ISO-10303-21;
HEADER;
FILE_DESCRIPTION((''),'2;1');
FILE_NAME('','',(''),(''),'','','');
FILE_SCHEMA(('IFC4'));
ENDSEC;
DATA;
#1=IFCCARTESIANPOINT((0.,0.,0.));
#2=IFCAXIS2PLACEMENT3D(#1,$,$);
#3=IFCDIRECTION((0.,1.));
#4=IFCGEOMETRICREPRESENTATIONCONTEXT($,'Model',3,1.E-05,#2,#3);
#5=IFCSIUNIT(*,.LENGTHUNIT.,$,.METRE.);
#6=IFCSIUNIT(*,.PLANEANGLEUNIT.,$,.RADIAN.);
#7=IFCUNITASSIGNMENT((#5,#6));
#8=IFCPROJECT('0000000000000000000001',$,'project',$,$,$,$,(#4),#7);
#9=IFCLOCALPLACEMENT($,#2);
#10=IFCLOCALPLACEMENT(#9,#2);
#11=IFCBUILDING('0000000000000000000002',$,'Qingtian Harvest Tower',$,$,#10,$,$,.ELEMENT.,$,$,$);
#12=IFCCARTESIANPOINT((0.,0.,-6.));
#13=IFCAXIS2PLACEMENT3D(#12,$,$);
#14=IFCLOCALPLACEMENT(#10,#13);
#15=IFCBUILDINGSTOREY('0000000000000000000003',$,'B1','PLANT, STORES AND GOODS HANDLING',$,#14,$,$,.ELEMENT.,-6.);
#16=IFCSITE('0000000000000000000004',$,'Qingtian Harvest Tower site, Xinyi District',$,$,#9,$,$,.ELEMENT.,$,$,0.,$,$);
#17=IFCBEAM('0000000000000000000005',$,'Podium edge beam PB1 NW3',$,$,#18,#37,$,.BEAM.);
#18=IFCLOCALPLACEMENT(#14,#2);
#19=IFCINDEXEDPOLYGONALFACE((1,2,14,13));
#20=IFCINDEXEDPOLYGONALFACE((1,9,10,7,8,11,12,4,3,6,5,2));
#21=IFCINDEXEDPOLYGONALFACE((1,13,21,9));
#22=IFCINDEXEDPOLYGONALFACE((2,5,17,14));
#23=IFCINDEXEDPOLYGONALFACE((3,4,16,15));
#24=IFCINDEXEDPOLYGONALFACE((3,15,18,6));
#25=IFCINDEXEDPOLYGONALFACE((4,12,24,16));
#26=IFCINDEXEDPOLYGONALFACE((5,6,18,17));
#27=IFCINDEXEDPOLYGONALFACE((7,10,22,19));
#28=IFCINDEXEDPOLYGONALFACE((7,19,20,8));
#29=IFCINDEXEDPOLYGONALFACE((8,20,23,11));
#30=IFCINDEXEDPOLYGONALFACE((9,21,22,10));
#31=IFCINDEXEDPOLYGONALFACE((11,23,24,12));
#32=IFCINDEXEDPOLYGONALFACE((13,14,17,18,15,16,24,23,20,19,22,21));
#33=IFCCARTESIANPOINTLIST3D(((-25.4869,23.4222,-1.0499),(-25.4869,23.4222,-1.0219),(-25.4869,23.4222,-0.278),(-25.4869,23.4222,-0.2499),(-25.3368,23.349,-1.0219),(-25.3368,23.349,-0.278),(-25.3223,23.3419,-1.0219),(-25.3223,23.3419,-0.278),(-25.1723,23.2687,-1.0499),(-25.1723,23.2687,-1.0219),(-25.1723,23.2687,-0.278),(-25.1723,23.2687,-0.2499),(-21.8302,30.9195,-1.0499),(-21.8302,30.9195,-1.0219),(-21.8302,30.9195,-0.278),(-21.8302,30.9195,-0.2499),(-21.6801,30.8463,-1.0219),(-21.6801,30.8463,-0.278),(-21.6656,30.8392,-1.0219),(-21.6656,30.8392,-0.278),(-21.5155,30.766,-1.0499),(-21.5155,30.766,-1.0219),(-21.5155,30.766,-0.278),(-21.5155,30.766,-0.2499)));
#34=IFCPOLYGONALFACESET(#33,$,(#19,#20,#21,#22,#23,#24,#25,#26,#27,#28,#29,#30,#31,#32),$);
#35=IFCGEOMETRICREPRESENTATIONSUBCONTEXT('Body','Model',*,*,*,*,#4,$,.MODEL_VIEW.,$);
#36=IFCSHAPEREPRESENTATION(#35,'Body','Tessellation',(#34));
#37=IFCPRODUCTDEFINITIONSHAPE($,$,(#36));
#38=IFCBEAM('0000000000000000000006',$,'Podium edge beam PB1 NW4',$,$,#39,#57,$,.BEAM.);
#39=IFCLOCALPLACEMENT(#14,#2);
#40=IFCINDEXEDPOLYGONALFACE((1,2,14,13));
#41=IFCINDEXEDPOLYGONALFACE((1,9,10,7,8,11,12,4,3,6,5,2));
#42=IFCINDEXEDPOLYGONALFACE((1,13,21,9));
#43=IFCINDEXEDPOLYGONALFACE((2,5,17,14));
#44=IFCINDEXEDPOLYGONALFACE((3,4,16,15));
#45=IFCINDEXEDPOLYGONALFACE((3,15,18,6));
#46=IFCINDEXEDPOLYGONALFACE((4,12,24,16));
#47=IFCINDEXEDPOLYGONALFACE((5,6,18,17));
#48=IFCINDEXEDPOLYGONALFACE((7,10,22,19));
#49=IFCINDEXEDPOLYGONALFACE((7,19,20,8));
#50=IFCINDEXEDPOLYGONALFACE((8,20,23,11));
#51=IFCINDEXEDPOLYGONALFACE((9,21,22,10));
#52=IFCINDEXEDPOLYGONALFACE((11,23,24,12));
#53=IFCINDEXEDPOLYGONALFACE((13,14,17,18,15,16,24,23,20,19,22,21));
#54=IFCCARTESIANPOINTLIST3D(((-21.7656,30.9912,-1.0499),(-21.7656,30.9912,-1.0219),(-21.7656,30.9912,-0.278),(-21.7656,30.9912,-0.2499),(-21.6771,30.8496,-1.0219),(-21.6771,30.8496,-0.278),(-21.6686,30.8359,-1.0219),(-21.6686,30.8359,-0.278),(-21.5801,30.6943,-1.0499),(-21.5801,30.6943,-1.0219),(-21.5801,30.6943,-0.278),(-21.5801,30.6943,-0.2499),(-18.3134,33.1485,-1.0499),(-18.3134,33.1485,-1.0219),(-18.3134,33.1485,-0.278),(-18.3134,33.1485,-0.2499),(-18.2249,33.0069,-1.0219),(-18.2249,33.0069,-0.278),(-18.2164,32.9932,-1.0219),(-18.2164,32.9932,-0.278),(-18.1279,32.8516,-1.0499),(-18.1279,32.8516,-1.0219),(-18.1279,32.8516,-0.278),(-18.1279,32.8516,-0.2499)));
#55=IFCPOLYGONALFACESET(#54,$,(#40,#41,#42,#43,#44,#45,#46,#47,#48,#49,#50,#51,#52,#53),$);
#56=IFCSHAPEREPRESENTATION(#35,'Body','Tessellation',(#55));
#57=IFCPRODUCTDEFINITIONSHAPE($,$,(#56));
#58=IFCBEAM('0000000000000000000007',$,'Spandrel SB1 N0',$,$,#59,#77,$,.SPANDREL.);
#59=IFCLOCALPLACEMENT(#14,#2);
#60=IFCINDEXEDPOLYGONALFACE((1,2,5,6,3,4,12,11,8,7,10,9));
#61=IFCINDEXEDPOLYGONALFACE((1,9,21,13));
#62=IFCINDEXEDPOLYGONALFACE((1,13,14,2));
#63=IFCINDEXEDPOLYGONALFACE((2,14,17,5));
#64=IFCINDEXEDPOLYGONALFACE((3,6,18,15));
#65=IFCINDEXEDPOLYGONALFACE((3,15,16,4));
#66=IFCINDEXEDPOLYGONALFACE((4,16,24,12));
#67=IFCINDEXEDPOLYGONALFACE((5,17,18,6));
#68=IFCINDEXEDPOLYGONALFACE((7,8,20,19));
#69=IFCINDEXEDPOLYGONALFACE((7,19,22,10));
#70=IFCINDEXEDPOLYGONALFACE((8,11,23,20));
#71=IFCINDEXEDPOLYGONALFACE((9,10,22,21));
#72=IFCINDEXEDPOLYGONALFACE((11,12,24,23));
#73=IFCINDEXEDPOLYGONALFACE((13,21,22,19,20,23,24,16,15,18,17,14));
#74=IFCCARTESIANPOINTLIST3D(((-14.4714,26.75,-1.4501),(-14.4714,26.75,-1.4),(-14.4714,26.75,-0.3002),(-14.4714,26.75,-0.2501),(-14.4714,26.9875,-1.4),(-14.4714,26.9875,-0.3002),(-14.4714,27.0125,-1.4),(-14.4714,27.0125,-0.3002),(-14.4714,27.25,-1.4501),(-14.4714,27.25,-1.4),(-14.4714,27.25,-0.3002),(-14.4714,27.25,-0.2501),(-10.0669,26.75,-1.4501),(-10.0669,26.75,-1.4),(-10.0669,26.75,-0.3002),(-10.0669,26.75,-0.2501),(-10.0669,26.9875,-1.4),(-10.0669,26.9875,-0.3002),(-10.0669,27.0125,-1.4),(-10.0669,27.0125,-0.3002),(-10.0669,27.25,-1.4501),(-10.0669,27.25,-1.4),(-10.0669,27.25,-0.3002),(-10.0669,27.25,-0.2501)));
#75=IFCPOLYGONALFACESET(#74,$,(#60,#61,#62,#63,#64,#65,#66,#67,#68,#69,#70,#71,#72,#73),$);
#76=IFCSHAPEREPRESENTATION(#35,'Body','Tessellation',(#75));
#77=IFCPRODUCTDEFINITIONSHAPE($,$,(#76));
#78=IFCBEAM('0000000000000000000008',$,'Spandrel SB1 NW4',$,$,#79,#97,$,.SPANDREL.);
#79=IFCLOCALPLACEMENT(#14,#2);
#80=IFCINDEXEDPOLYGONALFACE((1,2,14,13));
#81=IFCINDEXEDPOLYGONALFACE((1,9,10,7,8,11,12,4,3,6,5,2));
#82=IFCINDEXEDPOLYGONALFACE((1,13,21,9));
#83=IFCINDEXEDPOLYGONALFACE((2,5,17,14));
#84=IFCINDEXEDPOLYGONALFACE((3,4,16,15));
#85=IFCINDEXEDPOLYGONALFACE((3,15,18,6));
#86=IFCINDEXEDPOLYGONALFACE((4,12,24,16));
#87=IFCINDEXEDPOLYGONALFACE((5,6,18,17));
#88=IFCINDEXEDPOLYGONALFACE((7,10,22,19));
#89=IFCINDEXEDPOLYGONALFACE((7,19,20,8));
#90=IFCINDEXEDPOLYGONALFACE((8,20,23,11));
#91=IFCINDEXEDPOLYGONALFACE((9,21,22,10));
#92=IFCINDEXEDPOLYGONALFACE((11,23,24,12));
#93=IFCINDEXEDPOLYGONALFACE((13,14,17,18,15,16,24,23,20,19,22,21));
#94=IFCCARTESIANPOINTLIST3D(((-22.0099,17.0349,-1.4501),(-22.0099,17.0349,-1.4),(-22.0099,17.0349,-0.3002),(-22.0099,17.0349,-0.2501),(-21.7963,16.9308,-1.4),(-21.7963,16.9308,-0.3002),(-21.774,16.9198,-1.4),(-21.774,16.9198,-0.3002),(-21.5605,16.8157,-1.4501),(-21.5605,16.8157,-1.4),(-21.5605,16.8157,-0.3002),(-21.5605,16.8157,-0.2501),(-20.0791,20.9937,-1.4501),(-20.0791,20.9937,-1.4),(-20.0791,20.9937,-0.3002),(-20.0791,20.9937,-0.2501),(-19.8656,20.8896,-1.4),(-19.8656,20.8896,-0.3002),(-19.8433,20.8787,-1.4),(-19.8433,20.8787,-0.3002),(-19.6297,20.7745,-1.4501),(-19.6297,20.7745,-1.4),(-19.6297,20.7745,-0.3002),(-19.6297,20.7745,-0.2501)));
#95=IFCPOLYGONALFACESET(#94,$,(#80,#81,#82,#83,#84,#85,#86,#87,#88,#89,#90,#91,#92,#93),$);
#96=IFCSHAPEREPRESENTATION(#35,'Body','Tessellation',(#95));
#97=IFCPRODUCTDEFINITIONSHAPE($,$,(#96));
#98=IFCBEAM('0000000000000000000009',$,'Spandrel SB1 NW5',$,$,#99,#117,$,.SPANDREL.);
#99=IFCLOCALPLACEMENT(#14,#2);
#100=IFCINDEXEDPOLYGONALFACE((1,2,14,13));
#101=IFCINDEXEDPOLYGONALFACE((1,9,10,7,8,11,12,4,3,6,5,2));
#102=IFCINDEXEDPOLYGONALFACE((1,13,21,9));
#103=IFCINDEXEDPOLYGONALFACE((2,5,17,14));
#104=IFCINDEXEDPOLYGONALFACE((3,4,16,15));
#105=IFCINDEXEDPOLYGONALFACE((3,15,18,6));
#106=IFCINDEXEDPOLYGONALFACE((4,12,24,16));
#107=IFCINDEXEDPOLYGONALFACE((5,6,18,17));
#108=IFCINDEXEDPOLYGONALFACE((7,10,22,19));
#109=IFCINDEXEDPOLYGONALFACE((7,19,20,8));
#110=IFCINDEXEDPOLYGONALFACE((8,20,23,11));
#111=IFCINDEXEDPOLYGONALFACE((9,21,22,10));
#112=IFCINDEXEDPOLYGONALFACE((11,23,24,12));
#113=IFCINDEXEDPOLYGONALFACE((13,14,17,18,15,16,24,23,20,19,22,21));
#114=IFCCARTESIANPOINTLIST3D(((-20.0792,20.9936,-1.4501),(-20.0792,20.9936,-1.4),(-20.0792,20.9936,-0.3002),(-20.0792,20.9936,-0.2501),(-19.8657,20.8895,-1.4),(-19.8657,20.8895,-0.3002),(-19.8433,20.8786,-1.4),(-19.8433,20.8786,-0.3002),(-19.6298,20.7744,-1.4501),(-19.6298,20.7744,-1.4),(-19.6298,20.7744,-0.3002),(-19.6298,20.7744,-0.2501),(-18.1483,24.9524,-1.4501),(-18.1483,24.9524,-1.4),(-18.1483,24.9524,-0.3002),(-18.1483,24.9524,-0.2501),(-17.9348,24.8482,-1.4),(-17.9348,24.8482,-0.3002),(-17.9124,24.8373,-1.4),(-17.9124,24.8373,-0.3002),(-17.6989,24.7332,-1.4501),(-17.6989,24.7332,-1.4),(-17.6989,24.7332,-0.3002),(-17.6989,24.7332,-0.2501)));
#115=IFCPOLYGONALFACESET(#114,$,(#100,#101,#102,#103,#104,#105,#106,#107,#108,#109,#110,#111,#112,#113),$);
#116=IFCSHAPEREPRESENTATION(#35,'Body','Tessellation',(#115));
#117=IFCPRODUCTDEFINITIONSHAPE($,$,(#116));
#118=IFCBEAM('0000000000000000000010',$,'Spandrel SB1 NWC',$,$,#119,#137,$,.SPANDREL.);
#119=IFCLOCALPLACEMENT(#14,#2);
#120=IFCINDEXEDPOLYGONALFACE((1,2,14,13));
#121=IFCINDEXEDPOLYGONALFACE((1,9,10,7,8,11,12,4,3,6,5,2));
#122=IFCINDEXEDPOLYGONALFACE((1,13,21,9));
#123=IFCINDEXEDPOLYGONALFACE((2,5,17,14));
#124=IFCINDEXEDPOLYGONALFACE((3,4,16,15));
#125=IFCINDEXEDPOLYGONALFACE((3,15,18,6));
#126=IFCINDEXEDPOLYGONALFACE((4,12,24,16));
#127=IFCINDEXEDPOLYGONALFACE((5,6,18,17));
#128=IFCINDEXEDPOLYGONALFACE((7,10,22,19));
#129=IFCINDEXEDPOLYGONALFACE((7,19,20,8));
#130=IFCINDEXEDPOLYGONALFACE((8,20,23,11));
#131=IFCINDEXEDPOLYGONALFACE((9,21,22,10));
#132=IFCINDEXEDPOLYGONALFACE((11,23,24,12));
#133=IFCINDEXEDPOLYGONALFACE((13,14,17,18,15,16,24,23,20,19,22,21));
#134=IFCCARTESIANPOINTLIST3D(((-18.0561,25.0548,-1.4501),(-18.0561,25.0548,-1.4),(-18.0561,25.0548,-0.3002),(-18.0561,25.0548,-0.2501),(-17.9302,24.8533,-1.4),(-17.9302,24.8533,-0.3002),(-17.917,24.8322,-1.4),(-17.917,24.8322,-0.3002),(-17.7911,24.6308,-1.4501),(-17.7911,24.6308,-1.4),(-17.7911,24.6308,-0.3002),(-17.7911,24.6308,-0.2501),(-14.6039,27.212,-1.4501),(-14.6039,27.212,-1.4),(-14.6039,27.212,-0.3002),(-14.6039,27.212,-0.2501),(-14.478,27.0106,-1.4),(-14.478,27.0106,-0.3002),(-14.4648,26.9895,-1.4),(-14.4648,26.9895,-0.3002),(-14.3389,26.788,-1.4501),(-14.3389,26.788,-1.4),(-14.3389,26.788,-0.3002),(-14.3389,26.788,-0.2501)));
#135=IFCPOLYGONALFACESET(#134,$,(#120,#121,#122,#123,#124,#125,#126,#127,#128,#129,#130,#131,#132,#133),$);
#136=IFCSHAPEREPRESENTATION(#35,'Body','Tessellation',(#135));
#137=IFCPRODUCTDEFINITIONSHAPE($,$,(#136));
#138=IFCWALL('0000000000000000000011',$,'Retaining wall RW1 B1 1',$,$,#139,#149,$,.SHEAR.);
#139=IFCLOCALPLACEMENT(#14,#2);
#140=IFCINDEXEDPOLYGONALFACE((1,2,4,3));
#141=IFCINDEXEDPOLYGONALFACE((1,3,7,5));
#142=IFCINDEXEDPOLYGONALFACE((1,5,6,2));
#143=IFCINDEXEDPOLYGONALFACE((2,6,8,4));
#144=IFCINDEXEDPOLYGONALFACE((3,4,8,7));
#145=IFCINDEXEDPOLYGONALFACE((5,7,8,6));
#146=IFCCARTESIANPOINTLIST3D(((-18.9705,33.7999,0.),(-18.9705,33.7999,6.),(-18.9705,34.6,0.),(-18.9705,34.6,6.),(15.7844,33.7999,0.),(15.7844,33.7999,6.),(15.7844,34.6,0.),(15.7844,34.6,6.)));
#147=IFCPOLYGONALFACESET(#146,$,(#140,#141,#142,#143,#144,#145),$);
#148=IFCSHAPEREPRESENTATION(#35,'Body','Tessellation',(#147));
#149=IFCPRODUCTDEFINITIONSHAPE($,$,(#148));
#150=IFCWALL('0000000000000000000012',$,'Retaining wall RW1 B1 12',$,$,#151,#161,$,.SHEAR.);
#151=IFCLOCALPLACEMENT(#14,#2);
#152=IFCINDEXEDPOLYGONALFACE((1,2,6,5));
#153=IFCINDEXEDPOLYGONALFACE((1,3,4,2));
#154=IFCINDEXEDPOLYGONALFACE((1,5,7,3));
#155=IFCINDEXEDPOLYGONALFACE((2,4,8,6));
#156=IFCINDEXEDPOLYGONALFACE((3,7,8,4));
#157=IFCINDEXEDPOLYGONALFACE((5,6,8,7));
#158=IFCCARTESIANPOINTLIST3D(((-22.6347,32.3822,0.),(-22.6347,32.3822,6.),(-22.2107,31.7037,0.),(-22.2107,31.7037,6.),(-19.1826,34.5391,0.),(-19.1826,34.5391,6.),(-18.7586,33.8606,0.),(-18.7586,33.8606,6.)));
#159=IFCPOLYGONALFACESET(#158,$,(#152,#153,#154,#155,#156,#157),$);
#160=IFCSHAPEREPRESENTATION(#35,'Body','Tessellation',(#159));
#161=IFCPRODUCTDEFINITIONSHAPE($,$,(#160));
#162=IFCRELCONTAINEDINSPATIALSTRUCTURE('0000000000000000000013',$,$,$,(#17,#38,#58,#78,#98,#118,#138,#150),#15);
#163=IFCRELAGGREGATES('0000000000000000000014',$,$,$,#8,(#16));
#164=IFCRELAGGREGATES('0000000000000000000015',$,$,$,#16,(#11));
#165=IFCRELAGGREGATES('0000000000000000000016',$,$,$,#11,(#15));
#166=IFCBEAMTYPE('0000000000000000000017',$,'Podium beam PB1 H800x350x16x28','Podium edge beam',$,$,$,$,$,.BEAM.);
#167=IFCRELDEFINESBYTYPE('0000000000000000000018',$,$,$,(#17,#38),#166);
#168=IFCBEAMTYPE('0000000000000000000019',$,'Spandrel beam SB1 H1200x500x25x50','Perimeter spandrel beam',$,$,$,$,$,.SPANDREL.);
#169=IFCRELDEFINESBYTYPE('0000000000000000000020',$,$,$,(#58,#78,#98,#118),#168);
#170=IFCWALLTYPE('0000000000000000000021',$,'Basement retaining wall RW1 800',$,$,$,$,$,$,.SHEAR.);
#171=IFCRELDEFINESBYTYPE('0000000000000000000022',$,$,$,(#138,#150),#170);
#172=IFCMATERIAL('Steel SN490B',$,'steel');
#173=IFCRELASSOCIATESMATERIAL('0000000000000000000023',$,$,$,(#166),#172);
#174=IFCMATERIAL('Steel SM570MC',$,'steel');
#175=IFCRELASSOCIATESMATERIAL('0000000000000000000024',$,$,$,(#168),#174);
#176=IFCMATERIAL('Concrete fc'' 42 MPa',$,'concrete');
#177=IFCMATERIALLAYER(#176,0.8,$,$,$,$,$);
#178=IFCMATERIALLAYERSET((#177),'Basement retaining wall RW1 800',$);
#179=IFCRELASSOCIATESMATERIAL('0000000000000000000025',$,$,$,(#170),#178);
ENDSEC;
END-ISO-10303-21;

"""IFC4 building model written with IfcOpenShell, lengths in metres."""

from ifc_helpers import new_model, si_unit, direction, frame, frame_2d, origin, origin_2d, place, context, subcontext, project, spatial, rectangle, i_section, extrude, material, layer, layer_set, material_profile, profile_set, type_object, element, save


model = new_model("IFC4")

# Units and contexts
model_context = context("Model", 3, precision=1e-05, world=origin(), true_north=direction((0.0, 1.0)))
body_context = subcontext(model_context, "Body", "Model", "MODEL_VIEW")
ifc_project = project(units=[si_unit("LENGTHUNIT", "METRE"), si_unit("PLANEANGLEUNIT", "RADIAN")], contexts=[model_context])

# Site, building, storey
site_placement = place(None, origin())
site = spatial("IfcSite", under=ifc_project, at=site_placement, Name="Qingtian Harvest Tower site, Xinyi District", CompositionType="ELEMENT", RefElevation=0.0)
building_placement = place(site_placement, origin())
building = spatial("IfcBuilding", under=site, at=building_placement, Name="Qingtian Harvest Tower", CompositionType="ELEMENT")
storey_placement = place(building_placement, frame((0.0, 0.0, -6.0)))
storey = spatial("IfcBuildingStorey", under=building, at=storey_placement, Name="B1", Description="PLANT, STORES AND GOODS HANDLING", CompositionType="ELEMENT", Elevation=-6.0)

# Beams
ifc_material_1 = material(Name="Steel SN490B", Category="steel")
ifc_material_profile_1 = material_profile(ifc_material_1, i_section(OverallWidth=0.3501, OverallDepth=0.8, WebThickness=0.0161, FlangeThickness=0.0281, at=origin_2d()), Name="H800x350x16x28")
ifc_profile_set_1 = profile_set([ifc_material_profile_1], Name="Steel SN490B")
beam_type_1 = type_object("IfcBeamType", Name="Podium beam PB1 H800x350x16x28", Description="Podium edge beam", PredefinedType="BEAM", material=ifc_profile_set_1)
beam_1_placement = place(storey_placement, frame((-25.3296, 23.3455, -0.6499), z_axis=(0.438376, 0.898792, 0.0), x_axis=(-0.898792, 0.438376, 0.0)))
element("IfcBeam", 1, at=beam_1_placement, inside=storey, type_object=beam_type_1, Name="Podium edge beam PB1 NW3", PredefinedType="BEAM", context=body_context, shape_type="SweptSolid", body=[
    extrude(i_section(OverallWidth=0.3501, OverallDepth=0.8, WebThickness=0.0161, FlangeThickness=0.0281, at=origin_2d()), origin(), (0.0, 0.0, 1.0), 8.3416),
])
beam_2_placement = place(storey_placement, frame((-21.6729, 30.8428, -0.6499), z_axis=(0.848039, 0.529934, 0.0), x_axis=(-0.529934, 0.848039, 0.0)))
element("IfcBeam", 2, at=beam_2_placement, inside=storey, type_object=beam_type_1, Name="Podium edge beam PB1 NW4", PredefinedType="BEAM", context=body_context, shape_type="SweptSolid", body=[
    extrude(i_section(OverallWidth=0.3501, OverallDepth=0.8, WebThickness=0.0161, FlangeThickness=0.0281, at=origin_2d()), origin(), (0.0, 0.0, 1.0), 4.0708),
])
ifc_material_2 = material(Name="Steel SM570MC", Category="steel")
ifc_material_profile_2 = material_profile(ifc_material_2, i_section(OverallWidth=0.5, OverallDepth=1.2, WebThickness=0.0249, FlangeThickness=0.05, at=origin_2d()), Name="H1200x500x25x50")
ifc_profile_set_2 = profile_set([ifc_material_profile_2], Name="Steel SM570MC")
beam_type_2 = type_object("IfcBeamType", Name="Spandrel beam SB1 H1200x500x25x50", Description="Perimeter spandrel beam", PredefinedType="SPANDREL", material=ifc_profile_set_2)
for number, where, z_axis, x_axis, name in (
    (3, (-14.4714, 27.0, -0.8501), (1.0, 0.0, 0.0), (0.0, 1.0, 0.0), "Spandrel SB1 N0"),
    (4, (-21.7852, 16.9253, -0.8501), (0.438345, 0.898807, 0.0), (-0.898807, 0.438345, 0.0), "Spandrel SB1 NW4"),
    (5, (-19.8545, 20.884, -0.8501), (0.43839, 0.898785, 0.0), (-0.898785, 0.43839, 0.0), "Spandrel SB1 NW5"),
):
    element("IfcBeam", number, at=place(storey_placement, frame(where, z_axis=z_axis, x_axis=x_axis)), inside=storey, type_object=beam_type_2, Name=name, PredefinedType="SPANDREL", context=body_context, shape_type="SweptSolid", body=[
        extrude(i_section(OverallWidth=0.5, OverallDepth=1.2, WebThickness=0.0249, FlangeThickness=0.05, at=origin_2d()), origin(), (0.0, 0.0, 1.0), 4.4045),
    ])
beam_3_placement = place(storey_placement, frame((-17.9236, 24.8428, -0.8501), z_axis=(0.848039, 0.529934, 0.0), x_axis=(-0.529934, 0.848039, 0.0)))
element("IfcBeam", 6, at=beam_3_placement, inside=storey, type_object=beam_type_2, Name="Spandrel SB1 NWC", PredefinedType="SPANDREL", context=body_context, shape_type="SweptSolid", body=[
    extrude(i_section(OverallWidth=0.5, OverallDepth=1.2, WebThickness=0.0249, FlangeThickness=0.05, at=origin_2d()), origin(), (0.0, 0.0, 1.0), 4.0708),
])

# Walls
ifc_material_3 = material(Name="Concrete fc' 42 MPa", Category="concrete")
ifc_layer = layer(ifc_material_3, 0.8)
ifc_layer_set = layer_set([ifc_layer], Name="Basement retaining wall RW1 800")
wall_type = type_object("IfcWallType", Name="Basement retaining wall RW1 800", PredefinedType="SHEAR", material=ifc_layer_set)
wall_1_placement = place(storey_placement, frame((-18.9705, 34.2, 0.0), z_axis=(0.0, 0.0, 1.0), x_axis=(1.0, 0.0, 0.0)))
element("IfcWall", 7, at=wall_1_placement, inside=storey, type_object=wall_type, Name="Retaining wall RW1 B1 1", PredefinedType="SHEAR", context=body_context, shape_type="SweptSolid", body=[
    extrude(rectangle(XDim=34.7549, YDim=0.8, at=frame_2d((17.3774, 0.0))), origin(), (0.0, 0.0, 1.0), 6.0),
])
wall_2_placement = place(storey_placement, frame((-22.4226, 32.043, 0.0), z_axis=(0.0, 0.0, 1.0), x_axis=(0.848066, 0.529891, 0.0)))
element("IfcWall", 8, at=wall_2_placement, inside=storey, type_object=wall_type, Name="Retaining wall RW1 B1 12", PredefinedType="SHEAR", context=body_context, shape_type="SweptSolid", body=[
    extrude(rectangle(XDim=4.0706, YDim=0.8, at=frame_2d((2.0352, 0.0))), origin(), (0.0, 0.0, 1.0), 6.0),
])

save(model, "model.ifc")
